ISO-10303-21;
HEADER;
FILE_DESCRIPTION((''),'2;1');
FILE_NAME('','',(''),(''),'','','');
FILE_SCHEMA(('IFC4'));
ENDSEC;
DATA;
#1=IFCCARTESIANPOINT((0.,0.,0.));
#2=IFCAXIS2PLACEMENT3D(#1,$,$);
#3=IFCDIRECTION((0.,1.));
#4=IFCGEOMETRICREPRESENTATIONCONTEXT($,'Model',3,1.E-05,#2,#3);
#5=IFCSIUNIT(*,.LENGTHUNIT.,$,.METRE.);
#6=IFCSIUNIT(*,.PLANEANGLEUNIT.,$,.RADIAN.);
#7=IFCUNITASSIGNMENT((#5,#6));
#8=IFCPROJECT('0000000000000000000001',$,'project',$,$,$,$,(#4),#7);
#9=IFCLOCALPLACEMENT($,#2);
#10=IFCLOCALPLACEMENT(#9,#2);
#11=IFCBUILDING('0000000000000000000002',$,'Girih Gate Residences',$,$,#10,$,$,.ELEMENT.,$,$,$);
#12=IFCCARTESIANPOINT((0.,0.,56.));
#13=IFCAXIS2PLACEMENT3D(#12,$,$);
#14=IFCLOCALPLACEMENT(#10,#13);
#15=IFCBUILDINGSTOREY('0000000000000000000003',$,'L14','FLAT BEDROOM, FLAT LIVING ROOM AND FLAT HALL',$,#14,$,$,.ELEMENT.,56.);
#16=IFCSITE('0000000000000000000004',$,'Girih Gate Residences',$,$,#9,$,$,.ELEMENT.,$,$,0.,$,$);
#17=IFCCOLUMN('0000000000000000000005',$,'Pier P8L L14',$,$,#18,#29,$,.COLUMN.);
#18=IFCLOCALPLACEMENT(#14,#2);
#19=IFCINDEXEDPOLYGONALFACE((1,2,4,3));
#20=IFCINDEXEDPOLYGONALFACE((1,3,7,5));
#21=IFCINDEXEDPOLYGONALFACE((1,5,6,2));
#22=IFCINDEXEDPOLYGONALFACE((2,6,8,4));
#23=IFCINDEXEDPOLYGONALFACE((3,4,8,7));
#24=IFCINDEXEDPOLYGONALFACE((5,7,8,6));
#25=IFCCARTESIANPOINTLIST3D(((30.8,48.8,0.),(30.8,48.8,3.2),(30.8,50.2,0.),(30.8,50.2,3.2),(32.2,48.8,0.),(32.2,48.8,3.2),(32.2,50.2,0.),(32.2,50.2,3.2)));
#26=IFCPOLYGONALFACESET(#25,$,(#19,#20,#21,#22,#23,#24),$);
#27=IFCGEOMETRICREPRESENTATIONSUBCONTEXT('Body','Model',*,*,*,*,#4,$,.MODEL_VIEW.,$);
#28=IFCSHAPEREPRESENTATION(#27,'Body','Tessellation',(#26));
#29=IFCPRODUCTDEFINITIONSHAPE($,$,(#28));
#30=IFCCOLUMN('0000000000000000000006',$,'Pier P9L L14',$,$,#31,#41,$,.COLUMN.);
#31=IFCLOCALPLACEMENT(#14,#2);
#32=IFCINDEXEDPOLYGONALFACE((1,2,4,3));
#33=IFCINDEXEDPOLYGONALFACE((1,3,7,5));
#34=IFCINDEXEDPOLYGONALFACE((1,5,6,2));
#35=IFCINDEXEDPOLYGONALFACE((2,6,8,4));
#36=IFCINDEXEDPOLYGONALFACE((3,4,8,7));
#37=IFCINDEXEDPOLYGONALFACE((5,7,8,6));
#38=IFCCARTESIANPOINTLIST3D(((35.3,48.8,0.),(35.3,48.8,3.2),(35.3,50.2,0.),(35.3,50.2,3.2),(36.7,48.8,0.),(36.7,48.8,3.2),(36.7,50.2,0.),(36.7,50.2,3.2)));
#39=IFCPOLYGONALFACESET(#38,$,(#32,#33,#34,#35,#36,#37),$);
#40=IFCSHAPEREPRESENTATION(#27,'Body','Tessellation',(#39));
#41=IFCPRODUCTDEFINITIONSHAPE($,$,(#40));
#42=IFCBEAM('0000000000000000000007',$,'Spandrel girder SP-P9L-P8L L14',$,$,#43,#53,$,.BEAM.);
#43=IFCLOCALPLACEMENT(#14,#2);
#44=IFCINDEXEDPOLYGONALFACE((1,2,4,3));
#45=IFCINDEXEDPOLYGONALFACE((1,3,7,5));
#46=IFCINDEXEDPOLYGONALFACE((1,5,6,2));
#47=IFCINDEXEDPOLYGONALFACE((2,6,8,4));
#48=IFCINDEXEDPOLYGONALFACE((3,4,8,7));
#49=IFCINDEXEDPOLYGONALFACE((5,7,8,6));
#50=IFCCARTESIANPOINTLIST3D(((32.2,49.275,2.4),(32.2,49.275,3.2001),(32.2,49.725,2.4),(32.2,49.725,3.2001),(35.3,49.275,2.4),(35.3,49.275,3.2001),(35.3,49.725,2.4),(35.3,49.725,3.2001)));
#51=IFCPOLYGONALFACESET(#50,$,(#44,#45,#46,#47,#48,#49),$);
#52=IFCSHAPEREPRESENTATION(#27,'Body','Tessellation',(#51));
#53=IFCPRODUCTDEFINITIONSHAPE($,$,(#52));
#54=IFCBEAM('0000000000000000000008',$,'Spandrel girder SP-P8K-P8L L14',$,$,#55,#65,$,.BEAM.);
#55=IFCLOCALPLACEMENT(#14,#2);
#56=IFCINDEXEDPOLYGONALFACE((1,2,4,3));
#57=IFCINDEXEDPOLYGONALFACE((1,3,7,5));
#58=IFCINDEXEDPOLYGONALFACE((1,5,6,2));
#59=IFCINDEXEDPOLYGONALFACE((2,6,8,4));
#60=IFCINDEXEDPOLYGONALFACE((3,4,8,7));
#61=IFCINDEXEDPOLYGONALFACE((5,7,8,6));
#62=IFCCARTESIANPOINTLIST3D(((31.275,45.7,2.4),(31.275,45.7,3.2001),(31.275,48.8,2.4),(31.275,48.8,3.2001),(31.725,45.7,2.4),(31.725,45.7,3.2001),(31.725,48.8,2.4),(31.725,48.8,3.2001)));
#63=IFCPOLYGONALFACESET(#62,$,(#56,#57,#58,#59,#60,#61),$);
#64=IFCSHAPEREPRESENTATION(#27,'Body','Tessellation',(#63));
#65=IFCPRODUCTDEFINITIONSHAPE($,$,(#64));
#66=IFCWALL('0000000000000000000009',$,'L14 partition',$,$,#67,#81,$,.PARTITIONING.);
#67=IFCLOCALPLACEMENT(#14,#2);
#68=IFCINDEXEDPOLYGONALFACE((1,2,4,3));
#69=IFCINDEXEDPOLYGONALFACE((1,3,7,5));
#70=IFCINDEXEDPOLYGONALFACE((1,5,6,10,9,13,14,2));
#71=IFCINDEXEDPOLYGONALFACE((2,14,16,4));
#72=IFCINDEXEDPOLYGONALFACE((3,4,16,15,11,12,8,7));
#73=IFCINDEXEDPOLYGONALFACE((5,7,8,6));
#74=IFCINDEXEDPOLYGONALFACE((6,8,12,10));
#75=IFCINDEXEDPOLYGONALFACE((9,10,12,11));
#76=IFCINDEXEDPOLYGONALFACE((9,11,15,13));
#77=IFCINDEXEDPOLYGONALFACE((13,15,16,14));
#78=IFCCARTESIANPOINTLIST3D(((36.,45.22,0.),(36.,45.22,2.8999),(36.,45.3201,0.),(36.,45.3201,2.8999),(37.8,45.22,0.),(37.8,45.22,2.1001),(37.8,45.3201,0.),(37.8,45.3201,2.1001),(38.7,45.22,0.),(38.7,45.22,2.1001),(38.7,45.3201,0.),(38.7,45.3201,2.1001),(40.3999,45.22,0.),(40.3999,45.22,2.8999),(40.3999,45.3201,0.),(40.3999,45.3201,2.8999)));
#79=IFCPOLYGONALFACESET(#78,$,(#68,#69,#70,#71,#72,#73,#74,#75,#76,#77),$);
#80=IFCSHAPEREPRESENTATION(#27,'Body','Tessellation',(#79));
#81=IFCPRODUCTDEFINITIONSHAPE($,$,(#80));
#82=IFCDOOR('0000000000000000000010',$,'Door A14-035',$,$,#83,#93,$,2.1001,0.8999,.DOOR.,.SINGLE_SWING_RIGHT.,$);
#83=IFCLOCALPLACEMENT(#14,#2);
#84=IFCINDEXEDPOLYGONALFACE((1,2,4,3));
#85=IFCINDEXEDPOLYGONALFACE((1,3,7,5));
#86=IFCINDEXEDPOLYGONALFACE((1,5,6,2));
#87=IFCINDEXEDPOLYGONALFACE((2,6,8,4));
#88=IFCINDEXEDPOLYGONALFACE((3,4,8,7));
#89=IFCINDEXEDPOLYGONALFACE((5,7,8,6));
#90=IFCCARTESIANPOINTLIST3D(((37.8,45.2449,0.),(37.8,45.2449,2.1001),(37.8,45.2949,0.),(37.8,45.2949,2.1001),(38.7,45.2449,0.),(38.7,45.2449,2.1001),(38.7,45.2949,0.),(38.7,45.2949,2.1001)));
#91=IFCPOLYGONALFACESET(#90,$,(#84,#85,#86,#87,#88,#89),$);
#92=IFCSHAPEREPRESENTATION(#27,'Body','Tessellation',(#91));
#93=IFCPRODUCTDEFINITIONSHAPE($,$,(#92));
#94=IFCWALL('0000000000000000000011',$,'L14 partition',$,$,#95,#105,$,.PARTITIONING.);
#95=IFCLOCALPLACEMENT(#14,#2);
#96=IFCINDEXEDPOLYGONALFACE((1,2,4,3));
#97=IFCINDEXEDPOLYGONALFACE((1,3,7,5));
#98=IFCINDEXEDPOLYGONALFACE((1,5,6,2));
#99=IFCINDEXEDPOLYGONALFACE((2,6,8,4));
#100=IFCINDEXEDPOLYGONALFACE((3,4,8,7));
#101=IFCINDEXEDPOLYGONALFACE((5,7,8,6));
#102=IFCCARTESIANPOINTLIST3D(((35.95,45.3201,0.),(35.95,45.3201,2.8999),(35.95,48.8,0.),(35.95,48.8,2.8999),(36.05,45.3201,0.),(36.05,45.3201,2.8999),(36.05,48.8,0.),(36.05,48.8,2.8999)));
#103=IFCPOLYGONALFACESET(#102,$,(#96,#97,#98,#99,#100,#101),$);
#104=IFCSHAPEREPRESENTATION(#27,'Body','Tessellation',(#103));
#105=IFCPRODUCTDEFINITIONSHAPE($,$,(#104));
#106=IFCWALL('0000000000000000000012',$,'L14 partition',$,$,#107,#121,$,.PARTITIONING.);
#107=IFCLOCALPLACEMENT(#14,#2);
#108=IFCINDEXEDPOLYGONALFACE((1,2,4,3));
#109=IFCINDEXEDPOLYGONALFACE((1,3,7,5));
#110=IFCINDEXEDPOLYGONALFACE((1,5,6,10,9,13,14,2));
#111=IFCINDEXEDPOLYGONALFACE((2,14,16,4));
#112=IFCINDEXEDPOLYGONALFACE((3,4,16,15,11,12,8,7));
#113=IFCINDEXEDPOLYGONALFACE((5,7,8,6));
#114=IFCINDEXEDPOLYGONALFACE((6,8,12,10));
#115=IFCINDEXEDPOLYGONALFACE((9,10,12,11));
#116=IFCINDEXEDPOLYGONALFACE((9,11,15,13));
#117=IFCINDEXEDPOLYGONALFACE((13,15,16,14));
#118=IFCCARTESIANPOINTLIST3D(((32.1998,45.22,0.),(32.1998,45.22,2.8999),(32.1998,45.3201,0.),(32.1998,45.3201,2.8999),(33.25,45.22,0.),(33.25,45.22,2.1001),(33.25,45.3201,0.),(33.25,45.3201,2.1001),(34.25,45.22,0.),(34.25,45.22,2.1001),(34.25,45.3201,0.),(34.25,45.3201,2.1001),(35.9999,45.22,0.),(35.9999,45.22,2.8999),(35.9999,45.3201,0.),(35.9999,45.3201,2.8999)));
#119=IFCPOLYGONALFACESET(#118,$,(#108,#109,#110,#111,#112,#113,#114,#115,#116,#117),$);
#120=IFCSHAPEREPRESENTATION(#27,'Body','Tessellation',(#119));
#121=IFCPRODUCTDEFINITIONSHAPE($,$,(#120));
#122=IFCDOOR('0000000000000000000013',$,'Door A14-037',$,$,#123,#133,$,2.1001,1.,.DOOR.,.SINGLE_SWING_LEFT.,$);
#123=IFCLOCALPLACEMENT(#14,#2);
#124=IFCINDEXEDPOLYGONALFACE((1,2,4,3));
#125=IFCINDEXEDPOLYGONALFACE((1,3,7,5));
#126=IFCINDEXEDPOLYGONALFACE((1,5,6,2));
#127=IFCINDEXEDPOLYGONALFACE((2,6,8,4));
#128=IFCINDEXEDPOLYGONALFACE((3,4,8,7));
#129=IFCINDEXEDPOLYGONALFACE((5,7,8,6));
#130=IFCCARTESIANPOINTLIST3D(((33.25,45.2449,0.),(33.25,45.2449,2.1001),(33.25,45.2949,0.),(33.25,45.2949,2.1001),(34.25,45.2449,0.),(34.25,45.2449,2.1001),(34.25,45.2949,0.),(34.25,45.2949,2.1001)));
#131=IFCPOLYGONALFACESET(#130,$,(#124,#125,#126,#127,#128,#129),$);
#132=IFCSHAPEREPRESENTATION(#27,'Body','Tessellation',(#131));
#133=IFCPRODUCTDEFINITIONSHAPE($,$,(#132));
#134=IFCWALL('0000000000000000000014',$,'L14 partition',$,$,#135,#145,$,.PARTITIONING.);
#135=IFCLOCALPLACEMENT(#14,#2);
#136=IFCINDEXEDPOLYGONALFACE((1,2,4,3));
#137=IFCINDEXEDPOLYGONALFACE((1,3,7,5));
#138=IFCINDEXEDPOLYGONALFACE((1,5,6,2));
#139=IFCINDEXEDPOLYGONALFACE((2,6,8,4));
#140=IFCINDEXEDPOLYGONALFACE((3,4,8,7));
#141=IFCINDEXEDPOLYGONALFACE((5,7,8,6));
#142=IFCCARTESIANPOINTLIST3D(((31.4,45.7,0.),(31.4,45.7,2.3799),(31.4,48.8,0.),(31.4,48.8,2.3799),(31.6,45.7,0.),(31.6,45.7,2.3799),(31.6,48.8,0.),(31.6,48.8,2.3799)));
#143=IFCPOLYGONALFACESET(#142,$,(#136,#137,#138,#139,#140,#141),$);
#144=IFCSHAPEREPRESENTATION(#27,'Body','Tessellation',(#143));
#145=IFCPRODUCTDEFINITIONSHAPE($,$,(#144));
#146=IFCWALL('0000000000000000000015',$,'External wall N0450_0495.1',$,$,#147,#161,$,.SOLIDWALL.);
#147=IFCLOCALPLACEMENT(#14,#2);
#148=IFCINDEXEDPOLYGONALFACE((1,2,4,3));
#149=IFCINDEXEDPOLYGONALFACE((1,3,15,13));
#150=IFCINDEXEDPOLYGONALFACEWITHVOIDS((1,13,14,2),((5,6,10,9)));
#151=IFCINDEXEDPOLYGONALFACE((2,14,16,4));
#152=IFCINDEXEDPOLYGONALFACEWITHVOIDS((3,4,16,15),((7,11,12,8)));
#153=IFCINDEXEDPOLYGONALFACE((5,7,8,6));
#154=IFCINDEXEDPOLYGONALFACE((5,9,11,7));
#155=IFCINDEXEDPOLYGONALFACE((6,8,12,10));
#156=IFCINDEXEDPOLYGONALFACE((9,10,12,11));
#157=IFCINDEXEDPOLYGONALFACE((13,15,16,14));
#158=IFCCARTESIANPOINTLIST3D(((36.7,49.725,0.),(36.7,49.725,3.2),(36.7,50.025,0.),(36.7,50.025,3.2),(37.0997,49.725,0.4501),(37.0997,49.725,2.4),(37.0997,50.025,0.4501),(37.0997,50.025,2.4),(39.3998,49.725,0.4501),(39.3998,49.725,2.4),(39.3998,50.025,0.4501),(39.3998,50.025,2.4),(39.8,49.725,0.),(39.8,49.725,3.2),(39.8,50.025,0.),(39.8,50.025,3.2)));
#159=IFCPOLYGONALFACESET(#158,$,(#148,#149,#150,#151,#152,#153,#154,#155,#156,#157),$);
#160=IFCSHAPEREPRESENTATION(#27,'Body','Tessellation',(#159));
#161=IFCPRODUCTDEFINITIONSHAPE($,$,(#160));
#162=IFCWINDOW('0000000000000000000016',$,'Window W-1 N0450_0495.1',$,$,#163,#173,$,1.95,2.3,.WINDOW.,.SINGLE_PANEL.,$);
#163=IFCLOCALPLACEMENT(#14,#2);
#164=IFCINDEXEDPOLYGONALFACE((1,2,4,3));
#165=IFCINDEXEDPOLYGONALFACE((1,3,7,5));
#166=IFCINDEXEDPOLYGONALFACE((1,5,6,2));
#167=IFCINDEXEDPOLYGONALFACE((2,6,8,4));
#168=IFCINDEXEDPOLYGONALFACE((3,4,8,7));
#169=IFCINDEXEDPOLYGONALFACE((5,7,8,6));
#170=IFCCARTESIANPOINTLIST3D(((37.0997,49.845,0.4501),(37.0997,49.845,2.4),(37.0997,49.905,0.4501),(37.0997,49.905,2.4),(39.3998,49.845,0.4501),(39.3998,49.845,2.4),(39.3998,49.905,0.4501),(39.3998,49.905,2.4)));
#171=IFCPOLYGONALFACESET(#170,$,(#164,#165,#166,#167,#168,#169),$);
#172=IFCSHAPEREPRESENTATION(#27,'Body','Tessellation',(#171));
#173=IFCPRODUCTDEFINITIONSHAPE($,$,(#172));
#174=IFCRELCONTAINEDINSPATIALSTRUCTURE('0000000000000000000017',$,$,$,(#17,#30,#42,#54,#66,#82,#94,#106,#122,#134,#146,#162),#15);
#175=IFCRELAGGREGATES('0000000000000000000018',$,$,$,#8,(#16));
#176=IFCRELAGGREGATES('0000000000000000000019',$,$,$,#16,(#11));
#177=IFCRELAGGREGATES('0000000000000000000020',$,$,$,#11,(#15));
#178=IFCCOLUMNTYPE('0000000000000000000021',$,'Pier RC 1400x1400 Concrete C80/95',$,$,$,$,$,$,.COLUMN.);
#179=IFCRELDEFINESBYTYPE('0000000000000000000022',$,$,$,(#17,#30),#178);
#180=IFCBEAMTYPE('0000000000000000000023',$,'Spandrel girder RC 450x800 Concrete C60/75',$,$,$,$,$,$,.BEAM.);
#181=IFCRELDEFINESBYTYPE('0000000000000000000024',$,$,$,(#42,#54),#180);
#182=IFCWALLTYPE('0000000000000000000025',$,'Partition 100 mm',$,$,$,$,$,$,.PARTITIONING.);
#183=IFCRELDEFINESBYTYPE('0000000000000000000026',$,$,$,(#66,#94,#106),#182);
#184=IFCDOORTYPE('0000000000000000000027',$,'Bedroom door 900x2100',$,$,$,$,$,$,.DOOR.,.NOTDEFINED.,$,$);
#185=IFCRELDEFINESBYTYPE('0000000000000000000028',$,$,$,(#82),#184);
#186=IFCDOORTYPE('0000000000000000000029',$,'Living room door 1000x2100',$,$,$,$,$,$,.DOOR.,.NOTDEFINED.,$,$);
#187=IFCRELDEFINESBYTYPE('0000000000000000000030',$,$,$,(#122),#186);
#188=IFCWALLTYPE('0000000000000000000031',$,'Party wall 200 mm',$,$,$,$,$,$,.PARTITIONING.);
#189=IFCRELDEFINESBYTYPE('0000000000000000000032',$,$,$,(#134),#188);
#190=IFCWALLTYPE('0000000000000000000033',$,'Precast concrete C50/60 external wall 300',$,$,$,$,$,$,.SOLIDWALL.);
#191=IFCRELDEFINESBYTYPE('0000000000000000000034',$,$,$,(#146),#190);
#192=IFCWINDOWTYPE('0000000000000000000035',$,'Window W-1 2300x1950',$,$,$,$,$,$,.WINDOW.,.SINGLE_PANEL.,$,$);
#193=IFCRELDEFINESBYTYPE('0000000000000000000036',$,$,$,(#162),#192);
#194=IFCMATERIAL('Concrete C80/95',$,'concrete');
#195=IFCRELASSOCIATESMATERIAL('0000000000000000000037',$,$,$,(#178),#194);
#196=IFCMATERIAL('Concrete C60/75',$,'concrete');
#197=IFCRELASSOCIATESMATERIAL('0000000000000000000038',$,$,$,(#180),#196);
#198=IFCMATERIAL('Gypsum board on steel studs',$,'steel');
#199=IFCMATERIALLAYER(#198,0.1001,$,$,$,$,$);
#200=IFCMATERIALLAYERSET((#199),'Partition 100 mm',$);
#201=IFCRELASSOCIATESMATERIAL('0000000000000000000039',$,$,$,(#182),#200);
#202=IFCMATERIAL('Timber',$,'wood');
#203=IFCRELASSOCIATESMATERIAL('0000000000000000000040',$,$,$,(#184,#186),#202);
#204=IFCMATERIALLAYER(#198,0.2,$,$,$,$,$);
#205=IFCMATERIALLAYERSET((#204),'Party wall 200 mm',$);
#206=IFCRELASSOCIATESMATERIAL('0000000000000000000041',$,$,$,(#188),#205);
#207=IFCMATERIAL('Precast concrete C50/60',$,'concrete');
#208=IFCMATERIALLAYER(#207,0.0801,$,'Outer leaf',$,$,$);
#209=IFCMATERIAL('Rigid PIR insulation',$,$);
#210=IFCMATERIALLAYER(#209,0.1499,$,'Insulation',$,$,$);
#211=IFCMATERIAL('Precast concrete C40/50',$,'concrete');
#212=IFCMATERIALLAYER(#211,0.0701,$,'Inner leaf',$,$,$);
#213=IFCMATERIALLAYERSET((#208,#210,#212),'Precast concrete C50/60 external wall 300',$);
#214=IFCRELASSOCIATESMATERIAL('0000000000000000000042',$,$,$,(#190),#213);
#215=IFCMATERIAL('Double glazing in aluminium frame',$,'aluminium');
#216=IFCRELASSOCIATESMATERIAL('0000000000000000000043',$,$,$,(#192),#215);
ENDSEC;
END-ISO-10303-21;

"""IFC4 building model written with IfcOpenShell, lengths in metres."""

from ifc_helpers import new_model, si_unit, direction, frame, frame_2d, origin, origin_2d, place, context, subcontext, project, spatial, rectangle, extrude, material, layer, layer_set, material_profile, profile_set, type_object, element, fill, save


model = new_model("IFC4")

# Units and contexts
model_context = context("Model", 3, precision=1e-05, world=origin(), true_north=direction((0.0, 1.0)))
body_context = subcontext(model_context, "Body", "Model", "MODEL_VIEW")
ifc_project = project(units=[si_unit("LENGTHUNIT", "METRE"), si_unit("PLANEANGLEUNIT", "RADIAN")], contexts=[model_context])

# Site, building, storey
site_placement = place(None, origin())
site = spatial("IfcSite", under=ifc_project, at=site_placement, Name="Girih Gate Residences", CompositionType="ELEMENT", RefElevation=0.0)
building_placement = place(site_placement, origin())
building = spatial("IfcBuilding", under=site, at=building_placement, Name="Girih Gate Residences", CompositionType="ELEMENT")
storey_placement = place(building_placement, frame((0.0, 0.0, 56.0)))
storey = spatial("IfcBuildingStorey", under=building, at=storey_placement, Name="L14", Description="FLAT BEDROOM, FLAT LIVING ROOM AND FLAT HALL", CompositionType="ELEMENT", Elevation=56.0)

# Columns
ifc_material_1 = material(Name="Concrete C80/95", Category="concrete")
ifc_material_profile_1 = material_profile(ifc_material_1, rectangle(XDim=1.3999, YDim=1.3999, at=origin_2d()))
ifc_profile_set_1 = profile_set([ifc_material_profile_1], Name="Concrete C80/95")
column_type = type_object("IfcColumnType", Name="Pier RC 1400x1400 Concrete C80/95", PredefinedType="COLUMN", material=ifc_profile_set_1)
for number, where, z_axis, x_axis, name in (
    (1, (31.5, 49.5, 0.0), (0.0, 0.0, 1.0), (1.0, 0.0, 0.0), "Pier P8L L14"),
    (2, (36.0, 49.5, 0.0), (0.0, 0.0, 1.0), (1.0, 0.0, 0.0), "Pier P9L L14"),
):
    element("IfcColumn", number, at=place(storey_placement, frame(where, z_axis=z_axis, x_axis=x_axis)), inside=storey, type_object=column_type, Name=name, PredefinedType="COLUMN", context=body_context, shape_type="SweptSolid", body=[
        extrude(rectangle(XDim=1.3999, YDim=1.3999, at=origin_2d()), origin(), (0.0, 0.0, 1.0), 3.2),
    ])

# Beams
ifc_material_2 = material(Name="Concrete C60/75", Category="concrete")
ifc_material_profile_2 = material_profile(ifc_material_2, rectangle(XDim=0.45, YDim=0.8, at=origin_2d()))
ifc_profile_set_2 = profile_set([ifc_material_profile_2], Name="Concrete C60/75")
beam_type = type_object("IfcBeamType", Name="Spandrel girder RC 450x800 Concrete C60/75", PredefinedType="BEAM", material=ifc_profile_set_2)
for number, where, z_axis, x_axis, name in (
    (3, (35.3, 49.5, 2.8), (-1.0, 0.0, 0.0), (0.0, -1.0, 0.0), "Spandrel girder SP-P9L-P8L L14"),
    (4, (31.5, 45.7, 2.8), (0.0, 1.0, 0.0), (-1.0, 0.0, 0.0), "Spandrel girder SP-P8K-P8L L14"),
):
    element("IfcBeam", number, at=place(storey_placement, frame(where, z_axis=z_axis, x_axis=x_axis)), inside=storey, type_object=beam_type, Name=name, PredefinedType="BEAM", context=body_context, shape_type="SweptSolid", body=[
        extrude(rectangle(XDim=0.45, YDim=0.8, at=origin_2d()), origin(), (0.0, 0.0, 1.0), 3.1001),
    ])

# Wall, opening, door
ifc_material_3 = material(Name="Gypsum board on steel studs", Category="steel")
ifc_layer_1 = layer(ifc_material_3, 0.1001)
ifc_layer_set_1 = layer_set([ifc_layer_1], Name="Partition 100 mm")
wall_type_1 = type_object("IfcWallType", Name="Partition 100 mm", PredefinedType="PARTITIONING", material=ifc_layer_set_1)
wall_1_placement = place(storey_placement, frame((36.0, 45.27, 0.0), z_axis=(0.0, 0.0, 1.0), x_axis=(1.0, 0.0, 0.0)))
wall_1 = element("IfcWall", 5, at=wall_1_placement, inside=storey, type_object=wall_type_1, Name="L14 partition", PredefinedType="PARTITIONING", context=body_context, shape_type="SweptSolid", body=[
    extrude(rectangle(XDim=4.3999, YDim=0.1001, at=frame_2d((2.2, 0.0))), origin(), (0.0, 0.0, 1.0), 2.8999),
])
opening_1_placement = place(wall_1_placement, frame((1.8, 0.0, 0.0)))
opening_1 = element("IfcOpeningElement", 6, at=opening_1_placement, cuts=wall_1, PredefinedType="OPENING", context=body_context, shape_type="SweptSolid", body=[
    extrude(rectangle(XDim=0.8999, YDim=2.1001, at=frame_2d((0.45, 1.05))), frame((0.0, 0.0601, 0.0), z_axis=(0.0, -1.0, 0.0), x_axis=(1.0, 0.0, 0.0)), (0.0, 0.0, 1.0), 0.1201),
])
ifc_material_4 = material(Name="Timber", Category="wood")
door_type_1 = type_object("IfcDoorType", Name="Bedroom door 900x2100", OperationType="NOTDEFINED", PredefinedType="DOOR", material=ifc_material_4)
door_1_placement = place(opening_1_placement, origin())
door_1 = element("IfcDoor", 7, at=door_1_placement, inside=storey, type_object=door_type_1, Name="Door A14-035", OperationType="SINGLE_SWING_RIGHT", OverallHeight=2.1001, OverallWidth=0.8999, PredefinedType="DOOR", context=body_context, shape_type="SweptSolid", body=[
    extrude(rectangle(XDim=0.8999, YDim=2.1001, at=frame_2d((0.45, 1.05))), frame((0.0, 0.0249, 0.0), z_axis=(0.0, -1.0, 0.0), x_axis=(1.0, 0.0, 0.0)), (0.0, 0.0, 1.0), 0.05),
])
fill(opening_1, door_1)

# Wall
wall_2_placement = place(storey_placement, frame((36.0, 45.3201, 0.0), z_axis=(0.0, 0.0, 1.0), x_axis=(0.0, 1.0, 0.0)))
element("IfcWall", 8, at=wall_2_placement, inside=storey, type_object=wall_type_1, Name="L14 partition", PredefinedType="PARTITIONING", context=body_context, shape_type="SweptSolid", body=[
    extrude(rectangle(XDim=3.48, YDim=0.1001, at=frame_2d((1.74, 0.0))), origin(), (0.0, 0.0, 1.0), 2.8999),
])

# Wall, opening, door
wall_3_placement = place(storey_placement, frame((32.2, 45.27, 0.0), z_axis=(0.0, 0.0, 1.0), x_axis=(1.0, 0.0, 0.0)))
wall_3 = element("IfcWall", 9, at=wall_3_placement, inside=storey, type_object=wall_type_1, Name="L14 partition", PredefinedType="PARTITIONING", context=body_context, shape_type="SweptSolid", body=[
    extrude(rectangle(XDim=3.8, YDim=0.1001, at=frame_2d((1.8999, 0.0))), origin(), (0.0, 0.0, 1.0), 2.8999),
])
opening_2_placement = place(wall_3_placement, frame((1.05, 0.0, 0.0)))
opening_2 = element("IfcOpeningElement", 10, at=opening_2_placement, cuts=wall_3, PredefinedType="OPENING", context=body_context, shape_type="SweptSolid", body=[
    extrude(rectangle(XDim=1.0, YDim=2.1001, at=frame_2d((0.5, 1.05))), frame((0.0, 0.0601, 0.0), z_axis=(0.0, -1.0, 0.0), x_axis=(1.0, 0.0, 0.0)), (0.0, 0.0, 1.0), 0.1201),
])
door_type_2 = type_object("IfcDoorType", Name="Living room door 1000x2100", OperationType="NOTDEFINED", PredefinedType="DOOR", material=ifc_material_4)
door_2_placement = place(opening_2_placement, origin())
door_2 = element("IfcDoor", 11, at=door_2_placement, inside=storey, type_object=door_type_2, Name="Door A14-037", OperationType="SINGLE_SWING_LEFT", OverallHeight=2.1001, OverallWidth=1.0, PredefinedType="DOOR", context=body_context, shape_type="SweptSolid", body=[
    extrude(rectangle(XDim=1.0, YDim=2.1001, at=frame_2d((0.5, 1.05))), frame((0.0, 0.0249, 0.0), z_axis=(0.0, -1.0, 0.0), x_axis=(1.0, 0.0, 0.0)), (0.0, 0.0, 1.0), 0.05),
])
fill(opening_2, door_2)

# Wall
ifc_layer_2 = layer(ifc_material_3, 0.2)
ifc_layer_set_2 = layer_set([ifc_layer_2], Name="Party wall 200 mm")
wall_type_2 = type_object("IfcWallType", Name="Party wall 200 mm", PredefinedType="PARTITIONING", material=ifc_layer_set_2)
wall_4_placement = place(storey_placement, frame((31.5, 45.7, 0.0), z_axis=(0.0, 0.0, 1.0), x_axis=(0.0, 1.0, 0.0)))
element("IfcWall", 12, at=wall_4_placement, inside=storey, type_object=wall_type_2, Name="L14 partition", PredefinedType="PARTITIONING", context=body_context, shape_type="SweptSolid", body=[
    extrude(rectangle(XDim=3.1001, YDim=0.2, at=frame_2d((1.55, 0.0))), origin(), (0.0, 0.0, 1.0), 2.3799),
])

# Wall, opening, window
ifc_material_5 = material(Name="Precast concrete C50/60", Category="concrete")
ifc_layer_3 = layer(ifc_material_5, 0.0801, Name="Outer leaf")
ifc_material_6 = material(Name="Rigid PIR insulation")
ifc_layer_4 = layer(ifc_material_6, 0.1499, Name="Insulation")
ifc_material_7 = material(Name="Precast concrete C40/50", Category="concrete")
ifc_layer_5 = layer(ifc_material_7, 0.0701, Name="Inner leaf")
ifc_layer_set_3 = layer_set([ifc_layer_3, ifc_layer_4, ifc_layer_5], Name="Precast concrete C50/60 external wall 300")
wall_type_3 = type_object("IfcWallType", Name="Precast concrete C50/60 external wall 300", PredefinedType="SOLIDWALL", material=ifc_layer_set_3)
wall_5_placement = place(storey_placement, frame((36.7, 49.875, 0.0), z_axis=(0.0, 0.0, 1.0), x_axis=(1.0, 0.0, 0.0)))
wall_5 = element("IfcWall", 13, at=wall_5_placement, inside=storey, type_object=wall_type_3, Name="External wall N0450_0495.1", PredefinedType="SOLIDWALL", context=body_context, shape_type="SweptSolid", body=[
    extrude(rectangle(XDim=3.1001, YDim=0.3, at=frame_2d((1.55, 0.0))), origin(), (0.0, 0.0, 1.0), 3.2),
])
opening_3_placement = place(wall_5_placement, frame((0.3999, 0.0, 0.45)))
opening_3 = element("IfcOpeningElement", 14, at=opening_3_placement, cuts=wall_5, PredefinedType="OPENING", context=body_context, shape_type="SweptSolid", body=[
    extrude(rectangle(XDim=2.3, YDim=1.95, at=frame_2d((1.1499, 0.9751))), frame((0.0, 0.1599, 0.0), z_axis=(0.0, -1.0, 0.0), x_axis=(1.0, 0.0, 0.0)), (0.0, 0.0, 1.0), 0.3201),
])
ifc_material_8 = material(Name="Double glazing in aluminium frame", Category="aluminium")
window_type = type_object("IfcWindowType", Name="Window W-1 2300x1950", PartitioningType="SINGLE_PANEL", PredefinedType="WINDOW", material=ifc_material_8)
window_1_placement = place(opening_3_placement, origin())
window_1 = element("IfcWindow", 15, at=window_1_placement, inside=storey, type_object=window_type, Name="Window W-1 N0450_0495.1", OverallHeight=1.95, OverallWidth=2.3, PartitioningType="SINGLE_PANEL", PredefinedType="WINDOW", context=body_context, shape_type="SweptSolid", body=[
    extrude(rectangle(XDim=2.3, YDim=1.95, at=frame_2d((1.1499, 0.9751))), frame((0.0, 0.03, 0.0), z_axis=(0.0, -1.0, 0.0), x_axis=(1.0, 0.0, 0.0)), (0.0, 0.0, 1.0), 0.0601),
])
fill(opening_3, window_1)

save(model, "model.ifc")
